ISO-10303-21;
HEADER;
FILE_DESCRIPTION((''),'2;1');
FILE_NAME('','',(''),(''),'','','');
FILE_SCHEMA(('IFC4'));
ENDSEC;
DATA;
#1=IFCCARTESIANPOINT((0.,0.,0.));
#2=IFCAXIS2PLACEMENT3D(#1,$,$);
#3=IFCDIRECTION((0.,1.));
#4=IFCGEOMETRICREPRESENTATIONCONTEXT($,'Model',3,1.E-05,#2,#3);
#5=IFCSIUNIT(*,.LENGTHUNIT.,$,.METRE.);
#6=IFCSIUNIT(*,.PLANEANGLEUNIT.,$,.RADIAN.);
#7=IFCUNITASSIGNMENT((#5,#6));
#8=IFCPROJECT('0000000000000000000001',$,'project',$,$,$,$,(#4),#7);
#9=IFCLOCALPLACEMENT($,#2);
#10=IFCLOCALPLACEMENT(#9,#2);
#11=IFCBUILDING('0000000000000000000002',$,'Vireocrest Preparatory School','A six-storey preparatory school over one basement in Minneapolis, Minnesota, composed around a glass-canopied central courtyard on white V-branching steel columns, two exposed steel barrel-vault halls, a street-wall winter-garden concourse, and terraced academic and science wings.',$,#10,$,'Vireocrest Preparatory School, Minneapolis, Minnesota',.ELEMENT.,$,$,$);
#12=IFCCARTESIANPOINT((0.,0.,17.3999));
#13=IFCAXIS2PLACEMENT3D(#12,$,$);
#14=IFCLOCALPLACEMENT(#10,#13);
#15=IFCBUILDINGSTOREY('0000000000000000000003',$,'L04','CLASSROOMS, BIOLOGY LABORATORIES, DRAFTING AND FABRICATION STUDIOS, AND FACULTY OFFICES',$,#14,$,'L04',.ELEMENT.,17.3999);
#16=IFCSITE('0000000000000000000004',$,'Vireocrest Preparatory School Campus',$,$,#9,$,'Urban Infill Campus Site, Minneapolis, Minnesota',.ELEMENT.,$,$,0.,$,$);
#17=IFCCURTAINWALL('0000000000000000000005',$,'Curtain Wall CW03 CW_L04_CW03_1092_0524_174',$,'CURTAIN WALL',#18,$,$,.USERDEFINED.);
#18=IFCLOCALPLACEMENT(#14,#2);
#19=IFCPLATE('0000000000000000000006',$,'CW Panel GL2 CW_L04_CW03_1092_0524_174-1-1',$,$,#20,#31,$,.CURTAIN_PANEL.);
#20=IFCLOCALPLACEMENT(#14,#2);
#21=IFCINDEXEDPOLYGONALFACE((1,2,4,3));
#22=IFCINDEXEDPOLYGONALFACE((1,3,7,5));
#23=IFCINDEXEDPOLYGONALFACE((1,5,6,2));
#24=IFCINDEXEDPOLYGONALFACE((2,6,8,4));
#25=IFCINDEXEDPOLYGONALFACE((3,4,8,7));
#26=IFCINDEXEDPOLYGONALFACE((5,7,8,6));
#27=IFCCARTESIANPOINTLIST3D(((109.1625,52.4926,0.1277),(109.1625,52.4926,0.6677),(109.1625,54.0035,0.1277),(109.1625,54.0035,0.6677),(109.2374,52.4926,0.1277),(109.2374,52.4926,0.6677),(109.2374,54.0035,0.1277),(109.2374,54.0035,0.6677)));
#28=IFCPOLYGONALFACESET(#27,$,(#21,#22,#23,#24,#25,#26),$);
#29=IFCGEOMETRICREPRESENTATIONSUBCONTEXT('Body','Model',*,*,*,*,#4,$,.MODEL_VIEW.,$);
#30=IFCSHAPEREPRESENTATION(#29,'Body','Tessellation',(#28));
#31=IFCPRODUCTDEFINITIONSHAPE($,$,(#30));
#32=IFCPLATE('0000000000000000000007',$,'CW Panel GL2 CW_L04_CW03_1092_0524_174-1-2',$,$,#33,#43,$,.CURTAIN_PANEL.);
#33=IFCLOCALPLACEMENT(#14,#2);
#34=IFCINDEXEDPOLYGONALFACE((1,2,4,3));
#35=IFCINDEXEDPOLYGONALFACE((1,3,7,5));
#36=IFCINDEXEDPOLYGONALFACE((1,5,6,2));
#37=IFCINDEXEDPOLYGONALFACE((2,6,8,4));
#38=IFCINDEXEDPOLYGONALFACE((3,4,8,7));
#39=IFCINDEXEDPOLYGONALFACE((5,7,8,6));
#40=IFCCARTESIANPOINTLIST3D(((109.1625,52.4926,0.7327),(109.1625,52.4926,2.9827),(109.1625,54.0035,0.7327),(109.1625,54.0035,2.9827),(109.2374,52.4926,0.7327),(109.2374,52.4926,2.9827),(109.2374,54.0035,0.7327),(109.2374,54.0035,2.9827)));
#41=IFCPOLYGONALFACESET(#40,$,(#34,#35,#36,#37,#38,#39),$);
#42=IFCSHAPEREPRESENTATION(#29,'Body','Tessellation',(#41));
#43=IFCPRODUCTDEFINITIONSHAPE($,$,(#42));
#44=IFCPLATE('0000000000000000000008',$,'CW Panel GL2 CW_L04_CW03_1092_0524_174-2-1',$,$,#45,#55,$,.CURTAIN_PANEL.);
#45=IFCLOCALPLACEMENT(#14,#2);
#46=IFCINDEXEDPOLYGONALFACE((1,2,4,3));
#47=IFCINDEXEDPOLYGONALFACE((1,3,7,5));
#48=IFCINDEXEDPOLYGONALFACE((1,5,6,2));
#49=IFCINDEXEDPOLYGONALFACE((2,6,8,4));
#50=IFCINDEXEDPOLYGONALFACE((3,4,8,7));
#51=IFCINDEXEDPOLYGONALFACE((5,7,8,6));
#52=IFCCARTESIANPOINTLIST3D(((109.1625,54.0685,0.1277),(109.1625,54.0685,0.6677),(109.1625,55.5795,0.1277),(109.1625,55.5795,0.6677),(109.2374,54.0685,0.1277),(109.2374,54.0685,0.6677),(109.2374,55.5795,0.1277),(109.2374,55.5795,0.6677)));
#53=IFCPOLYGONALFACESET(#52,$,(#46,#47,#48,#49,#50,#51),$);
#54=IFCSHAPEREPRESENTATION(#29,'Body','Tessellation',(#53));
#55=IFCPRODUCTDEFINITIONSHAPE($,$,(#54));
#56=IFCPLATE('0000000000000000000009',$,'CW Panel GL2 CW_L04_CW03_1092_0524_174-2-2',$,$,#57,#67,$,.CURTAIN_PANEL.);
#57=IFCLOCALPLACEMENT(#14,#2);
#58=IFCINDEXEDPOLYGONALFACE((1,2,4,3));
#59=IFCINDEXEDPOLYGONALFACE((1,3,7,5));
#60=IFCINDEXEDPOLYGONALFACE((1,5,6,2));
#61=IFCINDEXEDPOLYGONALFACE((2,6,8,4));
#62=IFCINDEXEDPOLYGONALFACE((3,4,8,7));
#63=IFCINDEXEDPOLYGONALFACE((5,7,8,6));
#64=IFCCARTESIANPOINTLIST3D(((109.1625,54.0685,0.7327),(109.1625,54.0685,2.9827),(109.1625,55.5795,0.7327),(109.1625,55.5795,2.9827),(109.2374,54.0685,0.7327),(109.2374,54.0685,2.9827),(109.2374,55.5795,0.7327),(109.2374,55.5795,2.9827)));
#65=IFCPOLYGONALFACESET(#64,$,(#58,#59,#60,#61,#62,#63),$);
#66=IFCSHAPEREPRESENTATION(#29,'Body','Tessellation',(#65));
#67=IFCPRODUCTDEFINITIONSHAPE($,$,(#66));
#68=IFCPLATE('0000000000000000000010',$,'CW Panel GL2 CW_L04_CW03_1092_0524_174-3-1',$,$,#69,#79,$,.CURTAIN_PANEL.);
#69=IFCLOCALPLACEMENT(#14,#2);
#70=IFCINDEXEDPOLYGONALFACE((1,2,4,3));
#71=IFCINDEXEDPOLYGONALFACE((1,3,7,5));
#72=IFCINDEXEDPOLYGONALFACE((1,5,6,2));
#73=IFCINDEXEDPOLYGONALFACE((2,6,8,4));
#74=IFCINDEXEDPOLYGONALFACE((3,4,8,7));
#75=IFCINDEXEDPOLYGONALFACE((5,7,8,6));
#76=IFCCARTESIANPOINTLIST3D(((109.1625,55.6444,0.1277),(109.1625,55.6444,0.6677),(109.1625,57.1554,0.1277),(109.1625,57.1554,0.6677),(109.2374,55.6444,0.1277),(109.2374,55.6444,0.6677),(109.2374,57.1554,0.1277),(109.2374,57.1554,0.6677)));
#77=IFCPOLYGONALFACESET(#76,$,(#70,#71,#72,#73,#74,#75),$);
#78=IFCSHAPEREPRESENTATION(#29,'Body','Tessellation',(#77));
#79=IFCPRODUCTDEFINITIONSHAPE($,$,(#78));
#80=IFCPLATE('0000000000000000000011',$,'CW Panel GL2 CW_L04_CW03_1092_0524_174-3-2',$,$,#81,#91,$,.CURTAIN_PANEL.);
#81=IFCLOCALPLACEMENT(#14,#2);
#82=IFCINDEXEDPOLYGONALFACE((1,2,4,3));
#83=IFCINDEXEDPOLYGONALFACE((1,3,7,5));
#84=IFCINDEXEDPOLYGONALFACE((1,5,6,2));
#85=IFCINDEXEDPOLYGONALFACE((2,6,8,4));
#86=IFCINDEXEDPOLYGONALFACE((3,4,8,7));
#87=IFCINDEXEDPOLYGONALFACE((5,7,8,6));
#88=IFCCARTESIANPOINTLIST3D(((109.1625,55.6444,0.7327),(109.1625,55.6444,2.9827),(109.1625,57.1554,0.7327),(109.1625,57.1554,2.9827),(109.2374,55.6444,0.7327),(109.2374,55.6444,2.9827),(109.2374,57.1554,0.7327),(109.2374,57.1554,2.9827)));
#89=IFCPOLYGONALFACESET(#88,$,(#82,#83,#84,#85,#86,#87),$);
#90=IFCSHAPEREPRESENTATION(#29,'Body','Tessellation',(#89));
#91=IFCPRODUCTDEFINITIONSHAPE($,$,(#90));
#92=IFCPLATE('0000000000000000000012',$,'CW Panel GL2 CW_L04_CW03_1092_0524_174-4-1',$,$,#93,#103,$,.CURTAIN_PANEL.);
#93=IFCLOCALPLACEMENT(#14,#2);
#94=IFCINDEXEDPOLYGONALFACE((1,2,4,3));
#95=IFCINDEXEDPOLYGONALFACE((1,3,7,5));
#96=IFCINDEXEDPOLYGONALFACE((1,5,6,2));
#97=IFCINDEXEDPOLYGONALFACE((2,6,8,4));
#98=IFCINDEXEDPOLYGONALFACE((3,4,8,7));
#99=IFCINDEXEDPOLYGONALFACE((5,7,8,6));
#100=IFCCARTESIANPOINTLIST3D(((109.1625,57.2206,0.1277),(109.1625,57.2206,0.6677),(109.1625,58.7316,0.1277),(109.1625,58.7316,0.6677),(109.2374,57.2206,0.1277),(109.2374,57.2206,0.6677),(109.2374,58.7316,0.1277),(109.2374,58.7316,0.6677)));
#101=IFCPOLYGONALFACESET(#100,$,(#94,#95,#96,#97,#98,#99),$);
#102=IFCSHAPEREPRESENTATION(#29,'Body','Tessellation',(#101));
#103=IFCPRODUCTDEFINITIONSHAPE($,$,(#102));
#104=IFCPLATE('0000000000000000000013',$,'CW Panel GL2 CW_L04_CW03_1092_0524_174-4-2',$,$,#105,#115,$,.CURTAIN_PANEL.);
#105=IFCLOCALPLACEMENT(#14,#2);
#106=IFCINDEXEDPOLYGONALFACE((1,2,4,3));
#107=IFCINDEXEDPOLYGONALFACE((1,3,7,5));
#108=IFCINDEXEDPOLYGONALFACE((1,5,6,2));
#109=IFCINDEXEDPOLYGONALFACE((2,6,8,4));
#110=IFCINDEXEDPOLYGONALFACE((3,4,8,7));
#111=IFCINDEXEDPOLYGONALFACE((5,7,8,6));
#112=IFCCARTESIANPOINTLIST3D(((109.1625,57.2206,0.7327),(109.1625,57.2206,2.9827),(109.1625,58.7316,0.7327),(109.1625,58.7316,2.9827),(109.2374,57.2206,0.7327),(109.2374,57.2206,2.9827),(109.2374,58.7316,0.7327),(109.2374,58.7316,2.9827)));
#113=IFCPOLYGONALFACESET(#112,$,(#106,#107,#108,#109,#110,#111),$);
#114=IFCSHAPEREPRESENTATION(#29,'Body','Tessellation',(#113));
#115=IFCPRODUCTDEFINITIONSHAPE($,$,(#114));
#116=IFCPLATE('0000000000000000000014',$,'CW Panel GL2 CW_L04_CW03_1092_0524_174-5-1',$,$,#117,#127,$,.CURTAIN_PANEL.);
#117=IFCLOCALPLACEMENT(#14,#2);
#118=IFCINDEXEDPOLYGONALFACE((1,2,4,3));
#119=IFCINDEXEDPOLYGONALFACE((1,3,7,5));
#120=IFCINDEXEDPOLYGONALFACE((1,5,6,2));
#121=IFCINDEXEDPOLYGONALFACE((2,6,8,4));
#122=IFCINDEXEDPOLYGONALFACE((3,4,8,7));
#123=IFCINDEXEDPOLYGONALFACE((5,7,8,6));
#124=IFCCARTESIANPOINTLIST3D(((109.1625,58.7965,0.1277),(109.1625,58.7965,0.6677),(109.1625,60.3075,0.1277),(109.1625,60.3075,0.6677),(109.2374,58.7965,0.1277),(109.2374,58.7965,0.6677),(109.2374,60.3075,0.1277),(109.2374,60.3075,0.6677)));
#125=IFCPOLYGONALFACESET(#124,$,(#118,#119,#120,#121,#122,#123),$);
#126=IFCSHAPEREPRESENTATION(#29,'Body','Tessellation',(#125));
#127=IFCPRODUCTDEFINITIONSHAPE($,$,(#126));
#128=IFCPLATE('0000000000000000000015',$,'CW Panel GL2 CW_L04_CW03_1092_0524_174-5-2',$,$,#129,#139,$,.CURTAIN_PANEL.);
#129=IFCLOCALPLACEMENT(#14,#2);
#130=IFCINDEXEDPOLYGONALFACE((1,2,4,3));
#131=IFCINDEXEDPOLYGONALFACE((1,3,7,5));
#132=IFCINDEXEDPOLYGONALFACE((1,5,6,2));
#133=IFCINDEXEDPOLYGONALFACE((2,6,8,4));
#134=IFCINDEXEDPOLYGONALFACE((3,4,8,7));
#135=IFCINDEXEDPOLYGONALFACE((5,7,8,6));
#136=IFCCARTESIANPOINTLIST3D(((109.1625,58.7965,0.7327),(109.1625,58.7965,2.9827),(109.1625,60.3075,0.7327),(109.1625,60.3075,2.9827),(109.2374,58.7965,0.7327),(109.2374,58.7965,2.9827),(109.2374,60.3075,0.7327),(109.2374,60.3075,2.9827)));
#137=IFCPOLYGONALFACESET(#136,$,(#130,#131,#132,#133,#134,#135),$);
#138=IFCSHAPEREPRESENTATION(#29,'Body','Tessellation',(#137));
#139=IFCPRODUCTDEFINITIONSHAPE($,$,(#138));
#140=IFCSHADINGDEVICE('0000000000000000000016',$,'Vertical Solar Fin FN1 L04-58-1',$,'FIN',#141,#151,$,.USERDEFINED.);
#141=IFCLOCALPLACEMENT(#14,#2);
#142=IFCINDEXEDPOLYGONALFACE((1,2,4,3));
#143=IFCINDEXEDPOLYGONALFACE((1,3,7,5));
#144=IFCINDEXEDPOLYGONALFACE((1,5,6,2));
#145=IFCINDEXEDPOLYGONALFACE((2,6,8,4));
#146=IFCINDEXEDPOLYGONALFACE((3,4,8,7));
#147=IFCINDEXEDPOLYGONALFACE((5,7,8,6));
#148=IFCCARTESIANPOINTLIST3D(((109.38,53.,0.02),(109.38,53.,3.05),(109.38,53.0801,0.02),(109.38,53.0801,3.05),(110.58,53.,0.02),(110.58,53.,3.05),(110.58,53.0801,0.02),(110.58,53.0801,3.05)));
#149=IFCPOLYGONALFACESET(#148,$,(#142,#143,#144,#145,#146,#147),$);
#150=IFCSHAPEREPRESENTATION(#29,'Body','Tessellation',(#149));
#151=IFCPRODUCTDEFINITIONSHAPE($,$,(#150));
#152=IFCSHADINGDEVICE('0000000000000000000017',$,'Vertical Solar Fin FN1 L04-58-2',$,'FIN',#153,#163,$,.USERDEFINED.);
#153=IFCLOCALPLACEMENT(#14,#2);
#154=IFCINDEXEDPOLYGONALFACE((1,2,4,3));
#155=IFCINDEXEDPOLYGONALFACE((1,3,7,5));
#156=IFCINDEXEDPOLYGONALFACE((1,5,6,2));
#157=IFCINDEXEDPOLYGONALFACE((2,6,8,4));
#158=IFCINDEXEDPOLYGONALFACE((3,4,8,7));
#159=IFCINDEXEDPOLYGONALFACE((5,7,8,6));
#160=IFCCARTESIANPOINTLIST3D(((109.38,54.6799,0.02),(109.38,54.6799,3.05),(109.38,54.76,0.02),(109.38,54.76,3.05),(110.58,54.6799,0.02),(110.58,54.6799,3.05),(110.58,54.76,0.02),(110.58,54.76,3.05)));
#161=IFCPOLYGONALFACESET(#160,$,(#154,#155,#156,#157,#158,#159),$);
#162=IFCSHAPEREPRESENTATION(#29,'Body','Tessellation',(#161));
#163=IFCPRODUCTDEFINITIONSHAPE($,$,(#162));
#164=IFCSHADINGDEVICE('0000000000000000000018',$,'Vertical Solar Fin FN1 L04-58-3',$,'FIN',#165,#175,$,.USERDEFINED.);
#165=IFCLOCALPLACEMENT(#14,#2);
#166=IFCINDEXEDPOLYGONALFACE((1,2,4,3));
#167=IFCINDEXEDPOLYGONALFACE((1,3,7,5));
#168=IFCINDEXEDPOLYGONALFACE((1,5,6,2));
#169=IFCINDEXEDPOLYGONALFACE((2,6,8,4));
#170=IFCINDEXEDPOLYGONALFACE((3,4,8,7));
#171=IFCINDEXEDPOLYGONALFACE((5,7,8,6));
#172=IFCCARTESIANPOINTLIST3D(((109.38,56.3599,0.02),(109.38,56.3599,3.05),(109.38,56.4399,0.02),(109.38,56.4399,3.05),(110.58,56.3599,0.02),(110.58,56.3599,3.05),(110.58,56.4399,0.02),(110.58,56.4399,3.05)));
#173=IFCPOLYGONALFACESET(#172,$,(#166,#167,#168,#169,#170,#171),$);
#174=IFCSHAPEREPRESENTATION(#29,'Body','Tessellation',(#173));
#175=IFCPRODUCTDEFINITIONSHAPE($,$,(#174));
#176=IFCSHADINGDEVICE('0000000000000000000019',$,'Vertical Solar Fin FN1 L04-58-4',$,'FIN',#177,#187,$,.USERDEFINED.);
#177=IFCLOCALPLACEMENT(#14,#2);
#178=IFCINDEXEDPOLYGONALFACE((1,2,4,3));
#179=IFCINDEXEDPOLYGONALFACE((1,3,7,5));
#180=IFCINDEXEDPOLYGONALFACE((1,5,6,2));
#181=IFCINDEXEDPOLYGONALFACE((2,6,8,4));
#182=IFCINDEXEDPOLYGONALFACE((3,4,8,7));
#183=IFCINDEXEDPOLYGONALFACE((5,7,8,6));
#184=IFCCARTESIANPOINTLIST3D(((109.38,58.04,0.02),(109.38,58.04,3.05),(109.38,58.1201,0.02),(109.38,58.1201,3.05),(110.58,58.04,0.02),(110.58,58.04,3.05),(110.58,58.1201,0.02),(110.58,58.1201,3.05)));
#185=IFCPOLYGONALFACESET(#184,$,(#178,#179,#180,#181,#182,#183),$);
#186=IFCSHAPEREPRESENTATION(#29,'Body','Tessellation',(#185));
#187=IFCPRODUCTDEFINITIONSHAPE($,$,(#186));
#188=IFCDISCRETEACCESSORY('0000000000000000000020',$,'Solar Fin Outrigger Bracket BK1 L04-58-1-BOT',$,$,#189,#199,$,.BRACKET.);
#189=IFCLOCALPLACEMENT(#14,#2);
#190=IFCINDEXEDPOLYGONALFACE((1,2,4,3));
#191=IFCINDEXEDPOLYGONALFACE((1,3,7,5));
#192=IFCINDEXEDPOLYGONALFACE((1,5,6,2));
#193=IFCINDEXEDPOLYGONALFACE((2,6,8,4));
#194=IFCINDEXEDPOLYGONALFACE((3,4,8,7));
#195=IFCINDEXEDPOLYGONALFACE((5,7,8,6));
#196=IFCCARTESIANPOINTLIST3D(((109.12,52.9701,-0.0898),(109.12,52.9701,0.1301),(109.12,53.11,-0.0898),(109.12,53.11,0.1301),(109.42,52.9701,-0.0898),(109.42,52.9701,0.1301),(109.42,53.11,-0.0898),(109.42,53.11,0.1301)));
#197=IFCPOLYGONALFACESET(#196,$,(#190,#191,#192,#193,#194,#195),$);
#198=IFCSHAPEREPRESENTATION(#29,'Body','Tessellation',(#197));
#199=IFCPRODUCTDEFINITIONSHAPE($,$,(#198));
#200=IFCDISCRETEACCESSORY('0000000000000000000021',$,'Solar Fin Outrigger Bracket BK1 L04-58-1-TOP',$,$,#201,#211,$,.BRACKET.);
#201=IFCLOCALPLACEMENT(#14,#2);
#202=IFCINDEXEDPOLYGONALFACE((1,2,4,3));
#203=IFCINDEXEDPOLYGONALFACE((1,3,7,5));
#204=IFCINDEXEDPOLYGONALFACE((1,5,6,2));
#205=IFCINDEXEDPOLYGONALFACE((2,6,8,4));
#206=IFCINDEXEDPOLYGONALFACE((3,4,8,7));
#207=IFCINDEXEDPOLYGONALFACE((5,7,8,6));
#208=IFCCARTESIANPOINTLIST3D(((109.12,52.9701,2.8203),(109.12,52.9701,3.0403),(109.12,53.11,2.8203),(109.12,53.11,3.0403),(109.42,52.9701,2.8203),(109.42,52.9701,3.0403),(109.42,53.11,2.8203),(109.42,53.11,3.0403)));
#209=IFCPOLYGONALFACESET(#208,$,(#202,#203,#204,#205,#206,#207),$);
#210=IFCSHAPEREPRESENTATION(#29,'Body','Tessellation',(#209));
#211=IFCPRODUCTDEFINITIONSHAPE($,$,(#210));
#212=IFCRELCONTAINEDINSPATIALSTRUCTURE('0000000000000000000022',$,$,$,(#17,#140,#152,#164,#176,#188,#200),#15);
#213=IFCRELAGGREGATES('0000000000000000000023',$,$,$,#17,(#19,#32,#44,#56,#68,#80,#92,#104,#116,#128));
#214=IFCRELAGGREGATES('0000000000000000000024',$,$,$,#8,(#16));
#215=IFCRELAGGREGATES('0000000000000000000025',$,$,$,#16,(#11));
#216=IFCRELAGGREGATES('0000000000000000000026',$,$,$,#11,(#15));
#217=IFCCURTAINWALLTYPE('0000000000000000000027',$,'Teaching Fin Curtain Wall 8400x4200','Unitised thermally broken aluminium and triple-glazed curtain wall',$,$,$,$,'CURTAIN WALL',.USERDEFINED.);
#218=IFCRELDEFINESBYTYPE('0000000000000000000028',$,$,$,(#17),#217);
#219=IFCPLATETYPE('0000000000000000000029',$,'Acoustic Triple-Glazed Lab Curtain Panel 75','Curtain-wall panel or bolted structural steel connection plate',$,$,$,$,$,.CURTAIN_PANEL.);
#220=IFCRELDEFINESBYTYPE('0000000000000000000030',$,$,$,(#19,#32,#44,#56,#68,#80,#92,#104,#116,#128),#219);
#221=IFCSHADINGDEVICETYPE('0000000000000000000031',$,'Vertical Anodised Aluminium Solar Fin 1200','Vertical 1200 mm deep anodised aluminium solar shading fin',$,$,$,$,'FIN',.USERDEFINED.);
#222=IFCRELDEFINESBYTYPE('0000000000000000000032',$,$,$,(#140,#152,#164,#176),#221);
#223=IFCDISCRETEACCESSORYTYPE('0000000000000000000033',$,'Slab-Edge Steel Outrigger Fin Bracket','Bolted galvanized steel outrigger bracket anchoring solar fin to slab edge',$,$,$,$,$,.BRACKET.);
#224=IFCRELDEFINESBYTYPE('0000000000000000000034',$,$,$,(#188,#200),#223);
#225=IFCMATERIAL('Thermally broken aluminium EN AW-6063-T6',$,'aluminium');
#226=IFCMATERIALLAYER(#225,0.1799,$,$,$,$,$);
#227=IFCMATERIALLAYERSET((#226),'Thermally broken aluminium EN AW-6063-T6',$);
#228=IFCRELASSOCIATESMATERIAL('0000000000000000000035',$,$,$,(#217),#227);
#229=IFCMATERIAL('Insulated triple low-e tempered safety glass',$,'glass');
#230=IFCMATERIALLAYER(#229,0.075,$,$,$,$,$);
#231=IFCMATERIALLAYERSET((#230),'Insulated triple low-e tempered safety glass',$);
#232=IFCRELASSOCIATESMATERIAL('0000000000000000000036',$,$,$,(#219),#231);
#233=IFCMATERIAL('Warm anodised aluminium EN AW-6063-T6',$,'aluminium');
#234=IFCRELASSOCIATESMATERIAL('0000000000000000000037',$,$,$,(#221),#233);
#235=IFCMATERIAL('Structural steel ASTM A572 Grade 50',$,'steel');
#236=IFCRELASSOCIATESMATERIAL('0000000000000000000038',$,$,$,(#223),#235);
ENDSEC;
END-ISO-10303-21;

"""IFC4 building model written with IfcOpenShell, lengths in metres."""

from ifc_helpers import new_model, si_unit, direction, frame, origin, origin_2d, place, context, subcontext, project, spatial, rectangle, extrude, material, layer, layer_set, material_profile, profile_set, type_object, element, aggregate, save


model = new_model("IFC4")

# Units and contexts
model_context = context("Model", 3, precision=1e-05, world=origin(), true_north=direction((0.0, 1.0)))
body_context = subcontext(model_context, "Body", "Model", "MODEL_VIEW")
ifc_project = project(units=[si_unit("LENGTHUNIT", "METRE"), si_unit("PLANEANGLEUNIT", "RADIAN")], contexts=[model_context])

# Site, building, storey
site_placement = place(None, origin())
site = spatial("IfcSite", under=ifc_project, at=site_placement, Name="Vireocrest Preparatory School Campus", LongName="Urban Infill Campus Site, Minneapolis, Minnesota", CompositionType="ELEMENT", RefElevation=0.0)
building_placement = place(site_placement, origin())
building = spatial("IfcBuilding", under=site, at=building_placement, Name="Vireocrest Preparatory School", Description="A six-storey preparatory school over one basement in Minneapolis, Minnesota, composed around a glass-canopied central courtyard on white V-branching steel columns, two exposed steel barrel-vault halls, a street-wall winter-garden concourse, and terraced academic and science wings.", LongName="Vireocrest Preparatory School, Minneapolis, Minnesota", CompositionType="ELEMENT")
storey_placement = place(building_placement, frame((0.0, 0.0, 17.3999)))
storey = spatial("IfcBuildingStorey", under=building, at=storey_placement, Name="L04", Description="CLASSROOMS, BIOLOGY LABORATORIES, DRAFTING AND FABRICATION STUDIOS, AND FACULTY OFFICES", LongName="L04", CompositionType="ELEMENT", Elevation=17.3999)

# Curtain wall
ifc_material_1 = material(Name="Thermally broken aluminium EN AW-6063-T6", Category="aluminium")
ifc_layer_1 = layer(ifc_material_1, 0.1799)
ifc_layer_set_1 = layer_set([ifc_layer_1], Name="Thermally broken aluminium EN AW-6063-T6")
curtain_wall_type = type_object("IfcCurtainWallType", Name="Teaching Fin Curtain Wall 8400x4200", Description="Unitised thermally broken aluminium and triple-glazed curtain wall", ElementType="CURTAIN WALL", PredefinedType="USERDEFINED", material=ifc_layer_set_1)
curtain_wall_placement = place(storey_placement, origin())
curtain_wall = element("IfcCurtainWall", 1, at=curtain_wall_placement, inside=storey, type_object=curtain_wall_type, Name="Curtain Wall CW03 CW_L04_CW03_1092_0524_174", ObjectType="CURTAIN WALL", PredefinedType="USERDEFINED")

# Plates
ifc_material_2 = material(Name="Insulated triple low-e tempered safety glass", Category="glass")
ifc_layer_2 = layer(ifc_material_2, 0.075)
ifc_layer_set_2 = layer_set([ifc_layer_2], Name="Insulated triple low-e tempered safety glass")
plate_type = type_object("IfcPlateType", Name="Acoustic Triple-Glazed Lab Curtain Panel 75", Description="Curtain-wall panel or bolted structural steel connection plate", PredefinedType="CURTAIN_PANEL", material=ifc_layer_set_2)
plate_1_placement = place(storey_placement, frame((109.2, 53.248, 0.1277), z_axis=(0.0, 0.0, 1.0), x_axis=(0.0, 1.0, 0.0)))
plate_1 = element("IfcPlate", 2, at=plate_1_placement, type_object=plate_type, Name="CW Panel GL2 CW_L04_CW03_1092_0524_174-1-1", PredefinedType="CURTAIN_PANEL", context=body_context, shape_type="SweptSolid", body=[
    extrude(rectangle(XDim=1.511, YDim=0.075, at=origin_2d()), origin(), (0.0, 0.0, 1.0), 0.54),
])
plate_2_placement = place(storey_placement, frame((109.2, 53.248, 0.7327), z_axis=(0.0, 0.0, 1.0), x_axis=(0.0, 1.0, 0.0)))
plate_2 = element("IfcPlate", 3, at=plate_2_placement, type_object=plate_type, Name="CW Panel GL2 CW_L04_CW03_1092_0524_174-1-2", PredefinedType="CURTAIN_PANEL", context=body_context, shape_type="SweptSolid", body=[
    extrude(rectangle(XDim=1.511, YDim=0.075, at=origin_2d()), origin(), (0.0, 0.0, 1.0), 2.25),
])
plate_3_placement = place(storey_placement, frame((109.2, 54.824, 0.1277), z_axis=(0.0, 0.0, 1.0), x_axis=(0.0, 1.0, 0.0)))
plate_3 = element("IfcPlate", 4, at=plate_3_placement, type_object=plate_type, Name="CW Panel GL2 CW_L04_CW03_1092_0524_174-2-1", PredefinedType="CURTAIN_PANEL", context=body_context, shape_type="SweptSolid", body=[
    extrude(rectangle(XDim=1.511, YDim=0.075, at=origin_2d()), origin(), (0.0, 0.0, 1.0), 0.54),
])
plate_4_placement = place(storey_placement, frame((109.2, 54.824, 0.7327), z_axis=(0.0, 0.0, 1.0), x_axis=(0.0, 1.0, 0.0)))
plate_4 = element("IfcPlate", 5, at=plate_4_placement, type_object=plate_type, Name="CW Panel GL2 CW_L04_CW03_1092_0524_174-2-2", PredefinedType="CURTAIN_PANEL", context=body_context, shape_type="SweptSolid", body=[
    extrude(rectangle(XDim=1.511, YDim=0.075, at=origin_2d()), origin(), (0.0, 0.0, 1.0), 2.25),
])
plate_5_placement = place(storey_placement, frame((109.2, 56.3999, 0.1277), z_axis=(0.0, 0.0, 1.0), x_axis=(0.0, 1.0, 0.0)))
plate_5 = element("IfcPlate", 6, at=plate_5_placement, type_object=plate_type, Name="CW Panel GL2 CW_L04_CW03_1092_0524_174-3-1", PredefinedType="CURTAIN_PANEL", context=body_context, shape_type="SweptSolid", body=[
    extrude(rectangle(XDim=1.511, YDim=0.075, at=origin_2d()), origin(), (0.0, 0.0, 1.0), 0.54),
])
plate_6_placement = place(storey_placement, frame((109.2, 56.3999, 0.7327), z_axis=(0.0, 0.0, 1.0), x_axis=(0.0, 1.0, 0.0)))
plate_6 = element("IfcPlate", 7, at=plate_6_placement, type_object=plate_type, Name="CW Panel GL2 CW_L04_CW03_1092_0524_174-3-2", PredefinedType="CURTAIN_PANEL", context=body_context, shape_type="SweptSolid", body=[
    extrude(rectangle(XDim=1.511, YDim=0.075, at=origin_2d()), origin(), (0.0, 0.0, 1.0), 2.25),
])
plate_7_placement = place(storey_placement, frame((109.2, 57.9761, 0.1277), z_axis=(0.0, 0.0, 1.0), x_axis=(0.0, 1.0, 0.0)))
plate_7 = element("IfcPlate", 8, at=plate_7_placement, type_object=plate_type, Name="CW Panel GL2 CW_L04_CW03_1092_0524_174-4-1", PredefinedType="CURTAIN_PANEL", context=body_context, shape_type="SweptSolid", body=[
    extrude(rectangle(XDim=1.511, YDim=0.075, at=origin_2d()), origin(), (0.0, 0.0, 1.0), 0.54),
])
plate_8_placement = place(storey_placement, frame((109.2, 57.9761, 0.7327), z_axis=(0.0, 0.0, 1.0), x_axis=(0.0, 1.0, 0.0)))
plate_8 = element("IfcPlate", 9, at=plate_8_placement, type_object=plate_type, Name="CW Panel GL2 CW_L04_CW03_1092_0524_174-4-2", PredefinedType="CURTAIN_PANEL", context=body_context, shape_type="SweptSolid", body=[
    extrude(rectangle(XDim=1.511, YDim=0.075, at=origin_2d()), origin(), (0.0, 0.0, 1.0), 2.25),
])
plate_9_placement = place(storey_placement, frame((109.2, 59.552, 0.1277), z_axis=(0.0, 0.0, 1.0), x_axis=(0.0, 1.0, 0.0)))
plate_9 = element("IfcPlate", 10, at=plate_9_placement, type_object=plate_type, Name="CW Panel GL2 CW_L04_CW03_1092_0524_174-5-1", PredefinedType="CURTAIN_PANEL", context=body_context, shape_type="SweptSolid", body=[
    extrude(rectangle(XDim=1.511, YDim=0.075, at=origin_2d()), origin(), (0.0, 0.0, 1.0), 0.54),
])
plate_10_placement = place(storey_placement, frame((109.2, 59.552, 0.7327), z_axis=(0.0, 0.0, 1.0), x_axis=(0.0, 1.0, 0.0)))
plate_10 = element("IfcPlate", 11, at=plate_10_placement, type_object=plate_type, Name="CW Panel GL2 CW_L04_CW03_1092_0524_174-5-2", PredefinedType="CURTAIN_PANEL", context=body_context, shape_type="SweptSolid", body=[
    extrude(rectangle(XDim=1.511, YDim=0.075, at=origin_2d()), origin(), (0.0, 0.0, 1.0), 2.25),
])
aggregate(curtain_wall, [plate_1, plate_2, plate_3, plate_4, plate_5, plate_6, plate_7, plate_8, plate_9, plate_10])

# Shading devices
ifc_material_3 = material(Name="Warm anodised aluminium EN AW-6063-T6", Category="aluminium")
ifc_material_profile_1 = material_profile(ifc_material_3, rectangle(XDim=0.0801, YDim=1.2, at=origin_2d()), Name="FIN 80x1200")
ifc_profile_set_1 = profile_set([ifc_material_profile_1], Name="Warm anodised aluminium EN AW-6063-T6")
shading_device_type = type_object("IfcShadingDeviceType", Name="Vertical Anodised Aluminium Solar Fin 1200", Description="Vertical 1200 mm deep anodised aluminium solar shading fin", ElementType="FIN", PredefinedType="USERDEFINED", material=ifc_profile_set_1)
for number, where, z_axis, x_axis, name in (
    (12, (109.98, 53.04, 0.02), (0.0, 0.0, 1.0), (0.0, -1.0, 0.0), "Vertical Solar Fin FN1 L04-58-1"),
    (13, (109.98, 54.72, 0.02), (0.0, 0.0, 1.0), (0.0, -1.0, 0.0), "Vertical Solar Fin FN1 L04-58-2"),
    (14, (109.98, 56.3999, 0.02), (0.0, 0.0, 1.0), (0.0, -1.0, 0.0), "Vertical Solar Fin FN1 L04-58-3"),
    (15, (109.98, 58.0801, 0.02), (0.0, 0.0, 1.0), (0.0, -1.0, 0.0), "Vertical Solar Fin FN1 L04-58-4"),
):
    element("IfcShadingDevice", number, at=place(storey_placement, frame(where, z_axis=z_axis, x_axis=x_axis)), inside=storey, type_object=shading_device_type, Name=name, ObjectType="FIN", PredefinedType="USERDEFINED", context=body_context, shape_type="SweptSolid", body=[
        extrude(rectangle(XDim=0.0801, YDim=1.2, at=origin_2d()), origin(), (0.0, 0.0, 1.0), 3.03),
    ])

# Discrete accessories
ifc_material_4 = material(Name="Structural steel ASTM A572 Grade 50", Category="steel")
discrete_accessory_type = type_object("IfcDiscreteAccessoryType", Name="Slab-Edge Steel Outrigger Fin Bracket", Description="Bolted galvanized steel outrigger bracket anchoring solar fin to slab edge", PredefinedType="BRACKET", material=ifc_material_4)
for number, where, z_axis, x_axis, name in (
    (16, (109.27, 53.04, -0.0898), (0.0, 0.0, 1.0), (0.0, -1.0, 0.0), "Solar Fin Outrigger Bracket BK1 L04-58-1-BOT"),
    (17, (109.27, 53.04, 2.8203), (0.0, 0.0, 1.0), (0.0, -1.0, 0.0), "Solar Fin Outrigger Bracket BK1 L04-58-1-TOP"),
):
    element("IfcDiscreteAccessory", number, at=place(storey_placement, frame(where, z_axis=z_axis, x_axis=x_axis)), inside=storey, type_object=discrete_accessory_type, Name=name, PredefinedType="BRACKET", context=body_context, shape_type="SweptSolid", body=[
        extrude(rectangle(XDim=0.1399, YDim=0.3, at=origin_2d()), origin(), (0.0, 0.0, 1.0), 0.22),
    ])

save(model, "model.ifc")
